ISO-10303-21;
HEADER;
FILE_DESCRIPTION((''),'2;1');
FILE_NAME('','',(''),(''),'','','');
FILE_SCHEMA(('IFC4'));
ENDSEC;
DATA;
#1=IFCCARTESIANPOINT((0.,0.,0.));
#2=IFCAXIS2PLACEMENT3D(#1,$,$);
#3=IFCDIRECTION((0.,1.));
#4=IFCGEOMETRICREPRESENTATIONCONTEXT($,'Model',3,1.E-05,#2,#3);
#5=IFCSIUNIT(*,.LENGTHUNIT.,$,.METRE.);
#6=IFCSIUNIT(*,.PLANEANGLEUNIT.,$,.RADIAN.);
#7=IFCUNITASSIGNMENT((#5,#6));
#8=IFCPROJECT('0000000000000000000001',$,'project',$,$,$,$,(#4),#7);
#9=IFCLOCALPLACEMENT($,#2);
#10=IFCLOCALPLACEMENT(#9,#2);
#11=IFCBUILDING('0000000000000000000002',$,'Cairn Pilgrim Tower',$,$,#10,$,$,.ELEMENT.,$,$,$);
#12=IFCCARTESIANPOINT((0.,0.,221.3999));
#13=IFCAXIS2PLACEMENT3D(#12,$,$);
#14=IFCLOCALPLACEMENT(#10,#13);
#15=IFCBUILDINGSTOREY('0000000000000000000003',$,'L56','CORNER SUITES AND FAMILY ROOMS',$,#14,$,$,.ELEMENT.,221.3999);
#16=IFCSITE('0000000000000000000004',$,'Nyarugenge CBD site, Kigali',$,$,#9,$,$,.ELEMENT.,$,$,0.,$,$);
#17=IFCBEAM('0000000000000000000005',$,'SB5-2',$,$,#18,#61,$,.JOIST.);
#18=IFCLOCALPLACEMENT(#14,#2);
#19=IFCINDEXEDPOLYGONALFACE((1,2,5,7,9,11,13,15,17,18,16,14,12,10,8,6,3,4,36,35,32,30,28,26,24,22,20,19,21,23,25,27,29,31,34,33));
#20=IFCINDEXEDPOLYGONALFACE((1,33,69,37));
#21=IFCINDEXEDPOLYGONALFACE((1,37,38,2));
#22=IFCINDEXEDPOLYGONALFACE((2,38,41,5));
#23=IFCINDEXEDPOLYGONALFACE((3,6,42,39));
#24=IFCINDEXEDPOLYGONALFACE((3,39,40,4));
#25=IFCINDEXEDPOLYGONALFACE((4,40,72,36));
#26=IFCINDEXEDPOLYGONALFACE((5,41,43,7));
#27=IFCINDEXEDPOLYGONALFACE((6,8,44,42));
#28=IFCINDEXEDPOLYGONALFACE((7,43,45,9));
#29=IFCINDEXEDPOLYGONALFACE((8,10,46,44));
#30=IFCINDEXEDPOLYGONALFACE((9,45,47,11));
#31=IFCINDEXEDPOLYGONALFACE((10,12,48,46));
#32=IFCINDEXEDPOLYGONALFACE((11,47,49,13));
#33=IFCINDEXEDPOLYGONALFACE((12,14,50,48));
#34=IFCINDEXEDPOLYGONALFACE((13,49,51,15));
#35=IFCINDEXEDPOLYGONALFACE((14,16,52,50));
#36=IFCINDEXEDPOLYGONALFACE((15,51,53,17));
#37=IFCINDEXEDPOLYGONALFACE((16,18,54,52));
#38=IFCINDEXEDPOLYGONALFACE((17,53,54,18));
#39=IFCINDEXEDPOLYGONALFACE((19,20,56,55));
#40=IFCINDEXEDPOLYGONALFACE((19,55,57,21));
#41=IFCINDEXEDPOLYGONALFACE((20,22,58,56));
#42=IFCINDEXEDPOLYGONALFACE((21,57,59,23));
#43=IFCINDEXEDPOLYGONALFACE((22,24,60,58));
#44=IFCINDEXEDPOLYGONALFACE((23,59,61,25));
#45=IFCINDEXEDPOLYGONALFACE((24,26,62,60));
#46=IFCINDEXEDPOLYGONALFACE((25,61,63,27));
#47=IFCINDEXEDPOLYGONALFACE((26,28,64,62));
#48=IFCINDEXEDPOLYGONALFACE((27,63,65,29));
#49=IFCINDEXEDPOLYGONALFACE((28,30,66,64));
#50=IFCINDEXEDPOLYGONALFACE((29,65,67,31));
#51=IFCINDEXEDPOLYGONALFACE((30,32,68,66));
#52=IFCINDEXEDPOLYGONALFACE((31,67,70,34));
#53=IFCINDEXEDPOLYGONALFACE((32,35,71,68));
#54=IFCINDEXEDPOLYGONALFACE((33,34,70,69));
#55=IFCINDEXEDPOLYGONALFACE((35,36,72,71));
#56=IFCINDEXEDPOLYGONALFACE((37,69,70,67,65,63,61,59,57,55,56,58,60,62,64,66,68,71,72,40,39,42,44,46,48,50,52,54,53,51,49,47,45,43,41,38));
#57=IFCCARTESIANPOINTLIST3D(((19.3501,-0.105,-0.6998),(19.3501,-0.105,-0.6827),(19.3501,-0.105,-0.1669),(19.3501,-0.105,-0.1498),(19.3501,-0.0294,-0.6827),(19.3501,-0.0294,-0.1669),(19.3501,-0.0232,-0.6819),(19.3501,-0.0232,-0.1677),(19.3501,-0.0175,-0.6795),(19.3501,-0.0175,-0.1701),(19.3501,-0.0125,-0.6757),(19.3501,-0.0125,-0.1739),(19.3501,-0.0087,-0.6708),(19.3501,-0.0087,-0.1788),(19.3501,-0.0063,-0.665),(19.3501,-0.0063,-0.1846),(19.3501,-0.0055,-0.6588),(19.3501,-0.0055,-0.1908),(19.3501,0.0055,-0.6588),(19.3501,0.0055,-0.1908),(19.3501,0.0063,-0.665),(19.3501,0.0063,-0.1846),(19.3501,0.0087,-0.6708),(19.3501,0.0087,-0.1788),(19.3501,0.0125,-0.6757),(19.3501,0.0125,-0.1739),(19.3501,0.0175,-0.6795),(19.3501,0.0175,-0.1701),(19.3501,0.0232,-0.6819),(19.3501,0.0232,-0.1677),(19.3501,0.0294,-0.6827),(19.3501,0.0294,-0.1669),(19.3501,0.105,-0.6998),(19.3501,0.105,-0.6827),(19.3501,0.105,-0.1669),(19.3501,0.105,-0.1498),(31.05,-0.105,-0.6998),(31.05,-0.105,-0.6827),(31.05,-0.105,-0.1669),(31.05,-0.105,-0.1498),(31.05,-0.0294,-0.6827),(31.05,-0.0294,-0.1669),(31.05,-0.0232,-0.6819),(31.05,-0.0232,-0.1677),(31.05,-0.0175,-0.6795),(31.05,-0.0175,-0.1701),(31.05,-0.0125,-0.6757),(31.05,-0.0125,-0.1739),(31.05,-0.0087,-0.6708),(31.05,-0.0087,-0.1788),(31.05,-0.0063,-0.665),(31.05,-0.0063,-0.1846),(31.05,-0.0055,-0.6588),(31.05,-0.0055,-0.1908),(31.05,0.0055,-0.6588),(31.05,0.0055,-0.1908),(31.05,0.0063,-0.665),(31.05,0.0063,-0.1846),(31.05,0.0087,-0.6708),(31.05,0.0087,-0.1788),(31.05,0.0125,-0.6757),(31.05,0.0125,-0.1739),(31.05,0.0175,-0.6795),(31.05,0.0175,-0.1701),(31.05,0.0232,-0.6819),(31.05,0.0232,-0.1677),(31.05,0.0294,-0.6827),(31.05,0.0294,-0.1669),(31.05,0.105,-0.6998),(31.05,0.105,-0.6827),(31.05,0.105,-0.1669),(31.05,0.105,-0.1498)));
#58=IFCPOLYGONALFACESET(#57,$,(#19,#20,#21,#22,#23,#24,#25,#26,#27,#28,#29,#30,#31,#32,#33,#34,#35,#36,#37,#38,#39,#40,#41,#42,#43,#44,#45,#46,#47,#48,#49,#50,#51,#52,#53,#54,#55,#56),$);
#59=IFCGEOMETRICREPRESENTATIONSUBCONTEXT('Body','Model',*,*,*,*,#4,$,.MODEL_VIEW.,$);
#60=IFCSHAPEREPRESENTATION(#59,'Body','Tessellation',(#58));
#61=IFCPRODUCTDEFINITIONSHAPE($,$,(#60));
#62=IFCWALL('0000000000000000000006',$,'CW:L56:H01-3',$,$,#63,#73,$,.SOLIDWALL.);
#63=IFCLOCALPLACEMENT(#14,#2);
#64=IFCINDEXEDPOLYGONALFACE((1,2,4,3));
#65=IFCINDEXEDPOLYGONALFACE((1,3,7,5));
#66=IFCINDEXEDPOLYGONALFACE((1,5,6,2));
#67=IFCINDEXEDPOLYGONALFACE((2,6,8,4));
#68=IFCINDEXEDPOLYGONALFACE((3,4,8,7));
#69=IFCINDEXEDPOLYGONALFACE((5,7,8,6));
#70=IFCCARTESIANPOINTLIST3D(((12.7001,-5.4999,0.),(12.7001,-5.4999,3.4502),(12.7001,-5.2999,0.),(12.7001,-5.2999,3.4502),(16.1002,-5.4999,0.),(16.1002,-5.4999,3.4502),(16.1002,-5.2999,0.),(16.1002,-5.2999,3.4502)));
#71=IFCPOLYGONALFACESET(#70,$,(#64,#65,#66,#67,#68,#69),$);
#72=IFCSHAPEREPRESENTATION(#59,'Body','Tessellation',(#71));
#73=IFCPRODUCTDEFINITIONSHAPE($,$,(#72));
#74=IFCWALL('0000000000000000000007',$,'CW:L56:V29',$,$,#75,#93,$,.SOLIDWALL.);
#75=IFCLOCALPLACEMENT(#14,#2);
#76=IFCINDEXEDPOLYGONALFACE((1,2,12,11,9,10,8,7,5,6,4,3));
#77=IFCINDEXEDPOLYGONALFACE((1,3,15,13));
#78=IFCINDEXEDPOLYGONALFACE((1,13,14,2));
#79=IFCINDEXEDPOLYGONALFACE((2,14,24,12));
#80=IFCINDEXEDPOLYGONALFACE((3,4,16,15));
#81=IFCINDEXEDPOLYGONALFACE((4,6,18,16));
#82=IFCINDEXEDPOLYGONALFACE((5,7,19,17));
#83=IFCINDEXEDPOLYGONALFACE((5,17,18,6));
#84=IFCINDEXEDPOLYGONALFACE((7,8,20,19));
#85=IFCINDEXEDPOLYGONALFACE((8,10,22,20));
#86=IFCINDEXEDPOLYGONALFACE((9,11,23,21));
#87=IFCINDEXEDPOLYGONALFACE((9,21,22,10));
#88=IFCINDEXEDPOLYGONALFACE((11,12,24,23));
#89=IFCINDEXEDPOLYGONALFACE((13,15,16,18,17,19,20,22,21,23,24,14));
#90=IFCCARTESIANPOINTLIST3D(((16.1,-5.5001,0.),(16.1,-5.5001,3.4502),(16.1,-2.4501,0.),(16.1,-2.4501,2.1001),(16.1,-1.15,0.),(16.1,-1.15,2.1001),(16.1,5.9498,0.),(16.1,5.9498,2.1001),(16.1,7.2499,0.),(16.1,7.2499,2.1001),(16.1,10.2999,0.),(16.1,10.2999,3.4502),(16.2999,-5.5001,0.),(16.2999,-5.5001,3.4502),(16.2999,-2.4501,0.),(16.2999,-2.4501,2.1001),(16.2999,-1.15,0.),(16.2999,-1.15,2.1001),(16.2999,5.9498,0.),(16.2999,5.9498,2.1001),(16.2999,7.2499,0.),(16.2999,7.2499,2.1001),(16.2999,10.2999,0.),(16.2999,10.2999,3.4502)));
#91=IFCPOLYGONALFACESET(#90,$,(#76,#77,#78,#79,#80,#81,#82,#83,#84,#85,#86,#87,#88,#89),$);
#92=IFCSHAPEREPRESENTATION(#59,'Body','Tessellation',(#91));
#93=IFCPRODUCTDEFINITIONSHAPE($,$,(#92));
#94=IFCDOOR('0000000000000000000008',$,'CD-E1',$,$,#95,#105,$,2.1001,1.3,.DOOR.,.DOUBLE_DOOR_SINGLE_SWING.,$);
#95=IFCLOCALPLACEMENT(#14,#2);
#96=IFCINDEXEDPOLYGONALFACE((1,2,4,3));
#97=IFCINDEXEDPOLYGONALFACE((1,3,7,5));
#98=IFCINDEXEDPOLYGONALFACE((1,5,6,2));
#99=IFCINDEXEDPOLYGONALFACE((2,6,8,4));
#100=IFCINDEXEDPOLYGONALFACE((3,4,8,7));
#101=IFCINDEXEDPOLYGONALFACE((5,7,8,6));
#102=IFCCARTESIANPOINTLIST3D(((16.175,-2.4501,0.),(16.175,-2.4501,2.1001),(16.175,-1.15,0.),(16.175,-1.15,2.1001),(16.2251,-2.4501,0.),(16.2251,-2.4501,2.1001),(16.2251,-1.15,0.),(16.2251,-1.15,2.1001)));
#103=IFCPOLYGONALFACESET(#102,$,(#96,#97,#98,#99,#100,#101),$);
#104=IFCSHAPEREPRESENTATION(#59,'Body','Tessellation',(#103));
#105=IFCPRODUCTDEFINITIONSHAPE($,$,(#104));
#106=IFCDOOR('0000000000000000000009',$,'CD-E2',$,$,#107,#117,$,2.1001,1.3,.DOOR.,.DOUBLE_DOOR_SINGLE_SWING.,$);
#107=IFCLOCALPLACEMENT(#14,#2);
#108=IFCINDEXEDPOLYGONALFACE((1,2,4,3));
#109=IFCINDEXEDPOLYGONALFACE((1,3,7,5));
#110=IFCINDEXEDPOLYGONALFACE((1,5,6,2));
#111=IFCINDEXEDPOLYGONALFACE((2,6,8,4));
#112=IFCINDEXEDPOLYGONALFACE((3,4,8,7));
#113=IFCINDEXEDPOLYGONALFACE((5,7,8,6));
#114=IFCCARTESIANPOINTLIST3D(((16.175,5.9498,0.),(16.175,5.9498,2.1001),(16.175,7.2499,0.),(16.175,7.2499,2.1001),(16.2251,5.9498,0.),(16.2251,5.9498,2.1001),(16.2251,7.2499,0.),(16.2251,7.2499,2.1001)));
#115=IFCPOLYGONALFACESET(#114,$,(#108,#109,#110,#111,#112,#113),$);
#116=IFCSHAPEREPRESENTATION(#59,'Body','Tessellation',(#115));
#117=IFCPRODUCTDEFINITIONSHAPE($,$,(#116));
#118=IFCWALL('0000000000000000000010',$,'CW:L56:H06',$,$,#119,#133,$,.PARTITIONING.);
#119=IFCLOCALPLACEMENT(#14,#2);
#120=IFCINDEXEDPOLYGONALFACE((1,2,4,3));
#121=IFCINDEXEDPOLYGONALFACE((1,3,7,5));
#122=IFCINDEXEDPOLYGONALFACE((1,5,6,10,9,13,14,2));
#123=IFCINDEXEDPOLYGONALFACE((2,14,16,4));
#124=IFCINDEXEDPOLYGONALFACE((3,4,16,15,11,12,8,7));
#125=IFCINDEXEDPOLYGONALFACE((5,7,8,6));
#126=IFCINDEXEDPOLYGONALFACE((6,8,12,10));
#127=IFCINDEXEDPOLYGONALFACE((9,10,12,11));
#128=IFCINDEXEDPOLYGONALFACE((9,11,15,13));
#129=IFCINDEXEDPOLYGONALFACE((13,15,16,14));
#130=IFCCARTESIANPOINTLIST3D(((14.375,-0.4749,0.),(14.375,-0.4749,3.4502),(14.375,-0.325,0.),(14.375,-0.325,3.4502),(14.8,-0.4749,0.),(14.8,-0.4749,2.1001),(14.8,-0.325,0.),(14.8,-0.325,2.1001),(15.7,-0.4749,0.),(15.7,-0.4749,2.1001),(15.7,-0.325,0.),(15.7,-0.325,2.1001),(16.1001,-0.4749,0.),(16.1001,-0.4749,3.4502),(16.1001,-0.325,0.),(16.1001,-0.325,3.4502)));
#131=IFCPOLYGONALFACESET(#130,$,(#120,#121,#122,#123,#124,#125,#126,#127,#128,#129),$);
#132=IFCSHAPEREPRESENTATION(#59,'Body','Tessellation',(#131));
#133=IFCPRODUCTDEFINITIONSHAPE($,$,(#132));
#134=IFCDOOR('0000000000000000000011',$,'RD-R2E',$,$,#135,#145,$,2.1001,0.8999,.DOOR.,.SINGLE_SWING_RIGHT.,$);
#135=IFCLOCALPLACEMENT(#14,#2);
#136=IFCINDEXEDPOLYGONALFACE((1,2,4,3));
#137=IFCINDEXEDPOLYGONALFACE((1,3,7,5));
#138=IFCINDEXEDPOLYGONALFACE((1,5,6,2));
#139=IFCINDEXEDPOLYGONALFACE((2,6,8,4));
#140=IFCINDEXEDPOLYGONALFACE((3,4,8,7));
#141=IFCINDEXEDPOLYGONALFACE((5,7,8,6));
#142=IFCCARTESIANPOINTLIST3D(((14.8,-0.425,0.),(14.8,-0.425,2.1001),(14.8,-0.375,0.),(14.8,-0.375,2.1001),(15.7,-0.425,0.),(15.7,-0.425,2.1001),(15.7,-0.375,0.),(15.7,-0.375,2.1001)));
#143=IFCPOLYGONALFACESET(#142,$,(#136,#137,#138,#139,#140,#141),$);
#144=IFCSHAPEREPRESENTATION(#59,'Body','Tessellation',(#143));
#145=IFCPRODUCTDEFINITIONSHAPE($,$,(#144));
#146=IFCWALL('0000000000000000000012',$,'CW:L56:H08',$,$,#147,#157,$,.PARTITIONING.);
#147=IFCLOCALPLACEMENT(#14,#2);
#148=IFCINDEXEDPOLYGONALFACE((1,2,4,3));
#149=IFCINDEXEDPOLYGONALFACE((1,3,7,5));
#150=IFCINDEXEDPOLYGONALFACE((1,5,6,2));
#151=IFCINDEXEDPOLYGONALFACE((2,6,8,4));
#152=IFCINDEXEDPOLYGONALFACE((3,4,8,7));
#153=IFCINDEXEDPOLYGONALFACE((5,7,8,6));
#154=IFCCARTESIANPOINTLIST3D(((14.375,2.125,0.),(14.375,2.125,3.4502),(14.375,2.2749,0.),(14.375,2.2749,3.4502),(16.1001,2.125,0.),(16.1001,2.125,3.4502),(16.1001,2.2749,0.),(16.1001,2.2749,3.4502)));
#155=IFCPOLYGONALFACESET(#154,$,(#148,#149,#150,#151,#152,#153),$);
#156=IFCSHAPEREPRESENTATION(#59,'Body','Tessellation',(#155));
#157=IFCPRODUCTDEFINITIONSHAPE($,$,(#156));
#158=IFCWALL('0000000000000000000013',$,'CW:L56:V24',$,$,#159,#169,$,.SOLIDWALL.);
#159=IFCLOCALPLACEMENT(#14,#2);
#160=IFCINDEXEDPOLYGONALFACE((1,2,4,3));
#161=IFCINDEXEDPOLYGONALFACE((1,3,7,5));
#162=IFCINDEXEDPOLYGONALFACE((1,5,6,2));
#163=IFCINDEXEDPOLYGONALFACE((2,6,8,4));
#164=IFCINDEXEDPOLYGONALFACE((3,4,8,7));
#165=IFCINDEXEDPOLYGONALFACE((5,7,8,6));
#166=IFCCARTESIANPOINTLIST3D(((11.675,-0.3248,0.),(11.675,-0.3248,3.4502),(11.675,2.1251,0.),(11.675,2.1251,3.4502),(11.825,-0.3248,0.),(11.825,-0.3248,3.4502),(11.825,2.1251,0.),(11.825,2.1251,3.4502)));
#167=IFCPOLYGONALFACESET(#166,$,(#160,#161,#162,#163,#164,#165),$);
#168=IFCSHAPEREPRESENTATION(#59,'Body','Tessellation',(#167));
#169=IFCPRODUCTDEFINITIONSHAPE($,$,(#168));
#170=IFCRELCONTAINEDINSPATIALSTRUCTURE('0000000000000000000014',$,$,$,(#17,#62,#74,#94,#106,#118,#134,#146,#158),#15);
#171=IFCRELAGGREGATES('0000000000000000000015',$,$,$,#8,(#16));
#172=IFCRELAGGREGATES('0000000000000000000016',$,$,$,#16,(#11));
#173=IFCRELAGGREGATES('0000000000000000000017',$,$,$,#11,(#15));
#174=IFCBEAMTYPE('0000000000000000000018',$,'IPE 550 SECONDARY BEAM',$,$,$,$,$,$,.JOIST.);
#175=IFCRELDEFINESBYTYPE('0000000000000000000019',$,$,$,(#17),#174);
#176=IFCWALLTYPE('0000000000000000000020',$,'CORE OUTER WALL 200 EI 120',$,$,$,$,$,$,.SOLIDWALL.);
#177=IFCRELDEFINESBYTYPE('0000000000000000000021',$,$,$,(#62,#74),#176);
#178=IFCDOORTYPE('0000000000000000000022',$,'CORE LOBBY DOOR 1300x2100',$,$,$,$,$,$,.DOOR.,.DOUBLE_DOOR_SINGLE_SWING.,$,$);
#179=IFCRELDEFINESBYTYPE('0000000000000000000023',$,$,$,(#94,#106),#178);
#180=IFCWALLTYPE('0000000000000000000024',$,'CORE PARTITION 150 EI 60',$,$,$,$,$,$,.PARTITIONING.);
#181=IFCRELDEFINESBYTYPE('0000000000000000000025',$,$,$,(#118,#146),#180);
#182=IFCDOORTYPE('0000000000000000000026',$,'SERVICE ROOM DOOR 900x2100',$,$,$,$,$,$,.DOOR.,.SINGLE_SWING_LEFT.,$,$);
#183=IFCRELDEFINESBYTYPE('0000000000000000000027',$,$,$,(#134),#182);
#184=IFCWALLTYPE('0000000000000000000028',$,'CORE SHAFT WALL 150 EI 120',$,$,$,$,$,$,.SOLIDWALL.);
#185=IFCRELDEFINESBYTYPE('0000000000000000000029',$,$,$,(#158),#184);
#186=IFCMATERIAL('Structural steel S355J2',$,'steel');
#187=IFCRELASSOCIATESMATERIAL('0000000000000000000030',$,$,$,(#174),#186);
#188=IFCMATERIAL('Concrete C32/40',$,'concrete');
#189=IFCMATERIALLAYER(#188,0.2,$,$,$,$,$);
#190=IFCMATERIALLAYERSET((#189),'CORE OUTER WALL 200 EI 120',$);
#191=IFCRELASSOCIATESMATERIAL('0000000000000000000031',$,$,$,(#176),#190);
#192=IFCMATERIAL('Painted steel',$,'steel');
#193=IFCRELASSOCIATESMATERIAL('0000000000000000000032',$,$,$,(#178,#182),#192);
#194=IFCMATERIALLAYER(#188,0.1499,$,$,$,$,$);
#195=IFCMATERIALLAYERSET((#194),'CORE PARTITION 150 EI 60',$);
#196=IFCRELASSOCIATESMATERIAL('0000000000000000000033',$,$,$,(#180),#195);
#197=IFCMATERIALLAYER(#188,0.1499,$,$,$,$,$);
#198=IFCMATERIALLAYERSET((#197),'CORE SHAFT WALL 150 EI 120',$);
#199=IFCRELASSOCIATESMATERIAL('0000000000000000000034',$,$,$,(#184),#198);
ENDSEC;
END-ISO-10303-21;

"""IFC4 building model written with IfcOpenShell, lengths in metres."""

from ifc_helpers import new_model, si_unit, direction, frame, frame_2d, origin, origin_2d, place, context, subcontext, project, spatial, rectangle, i_section, extrude, material, layer, layer_set, material_profile, profile_set, type_object, element, fill, save


model = new_model("IFC4")

# Units and contexts
model_context = context("Model", 3, precision=1e-05, world=origin(), true_north=direction((0.0, 1.0)))
body_context = subcontext(model_context, "Body", "Model", "MODEL_VIEW")
ifc_project = project(units=[si_unit("LENGTHUNIT", "METRE"), si_unit("PLANEANGLEUNIT", "RADIAN")], contexts=[model_context])

# Site, building, storey
site_placement = place(None, origin())
site = spatial("IfcSite", under=ifc_project, at=site_placement, Name="Nyarugenge CBD site, Kigali", CompositionType="ELEMENT", RefElevation=0.0)
building_placement = place(site_placement, origin())
building = spatial("IfcBuilding", under=site, at=building_placement, Name="Cairn Pilgrim Tower", CompositionType="ELEMENT")
storey_placement = place(building_placement, frame((0.0, 0.0, 221.3999)))
storey = spatial("IfcBuildingStorey", under=building, at=storey_placement, Name="L56", Description="CORNER SUITES AND FAMILY ROOMS", CompositionType="ELEMENT", Elevation=221.3999)

# Shared definitions
ifc_material_1 = material(Name="Structural steel S355J2", Category="steel")

# Beam
ifc_material_profile_1 = material_profile(ifc_material_1, i_section(OverallWidth=0.21, OverallDepth=0.55, WebThickness=0.011, FlangeThickness=0.0171, FilletRadius=0.0239, at=origin_2d()), Name="IPE 550")
ifc_profile_set_1 = profile_set([ifc_material_profile_1], Name="Structural steel S355J2")
beam_type_1 = type_object("IfcBeamType", Name="IPE 550 SECONDARY BEAM", PredefinedType="JOIST", material=ifc_profile_set_1)
for number, where, z_axis, x_axis, name in (
    (1, (19.3501, 0.0, -0.4248), (1.0, 0.0, 0.0), (0.0, 1.0, 0.0), "SB5-2"),
):
    element("IfcBeam", number, at=place(storey_placement, frame(where, z_axis=z_axis, x_axis=x_axis)), inside=storey, type_object=beam_type_1, Name=name, PredefinedType="JOIST", context=body_context, shape_type="SweptSolid", body=[
        extrude(i_section(OverallWidth=0.21, OverallDepth=0.55, WebThickness=0.011, FlangeThickness=0.0171, FilletRadius=0.0239, at=origin_2d()), origin(), (0.0, 0.0, 1.0), 11.7),
    ])

# Wall
ifc_material_2 = material(Name="Concrete C32/40", Category="concrete")
ifc_layer_1 = layer(ifc_material_2, 0.2)
ifc_layer_set_1 = layer_set([ifc_layer_1], Name="CORE OUTER WALL 200 EI 120")
wall_type_1 = type_object("IfcWallType", Name="CORE OUTER WALL 200 EI 120", PredefinedType="SOLIDWALL", material=ifc_layer_set_1)
wall_1_placement = place(storey_placement, frame((12.7, -5.3999, 0.0), z_axis=(0.0, 0.0, 1.0), x_axis=(1.0, 0.0, 0.0)))
element("IfcWall", 2, at=wall_1_placement, inside=storey, type_object=wall_type_1, Name="CW:L56:H01-3", PredefinedType="SOLIDWALL", context=body_context, shape_type="SweptSolid", body=[
    extrude(rectangle(XDim=3.4001, YDim=0.2, at=frame_2d((1.7002, 0.0))), origin(), (0.0, 0.0, 1.0), 3.4502),
])

# Wall, openings, doors
wall_2_placement = place(storey_placement, frame((16.2, -5.5, 0.0), z_axis=(0.0, 0.0, 1.0), x_axis=(0.0, 1.0, 0.0)))
wall_2 = element("IfcWall", 3, at=wall_2_placement, inside=storey, type_object=wall_type_1, Name="CW:L56:V29", PredefinedType="SOLIDWALL", context=body_context, shape_type="SweptSolid", body=[
    extrude(rectangle(XDim=15.8, YDim=0.2, at=frame_2d((7.8999, 0.0))), origin(), (0.0, 0.0, 1.0), 3.4502),
])
opening_1_placement = place(wall_2_placement, frame((3.05, 0.0, 0.0)))
opening_1 = element("IfcOpeningElement", 4, at=opening_1_placement, cuts=wall_2, PredefinedType="OPENING", context=body_context, shape_type="SweptSolid", body=[
    extrude(rectangle(XDim=1.3, YDim=2.1001, at=frame_2d((0.6499, 1.05))), frame((0.0, 0.1099, 0.0), z_axis=(0.0, -1.0, 0.0), x_axis=(1.0, 0.0, 0.0)), (0.0, 0.0, 1.0), 0.22),
])
opening_2_placement = place(wall_2_placement, frame((11.45, 0.0, 0.0)))
opening_2 = element("IfcOpeningElement", 5, at=opening_2_placement, cuts=wall_2, PredefinedType="OPENING", context=body_context, shape_type="SweptSolid", body=[
    extrude(rectangle(XDim=1.3, YDim=2.1001, at=frame_2d((0.6499, 1.05))), frame((0.0, 0.1099, 0.0), z_axis=(0.0, -1.0, 0.0), x_axis=(1.0, 0.0, 0.0)), (0.0, 0.0, 1.0), 0.22),
])
ifc_material_3 = material(Name="Painted steel", Category="steel")
door_type_1 = type_object("IfcDoorType", Name="CORE LOBBY DOOR 1300x2100", OperationType="DOUBLE_DOOR_SINGLE_SWING", PredefinedType="DOOR", material=ifc_material_3)
door_1_placement = place(opening_1_placement, origin())
door_1 = element("IfcDoor", 6, at=door_1_placement, inside=storey, type_object=door_type_1, Name="CD-E1", OperationType="DOUBLE_DOOR_SINGLE_SWING", OverallHeight=2.1001, OverallWidth=1.3, PredefinedType="DOOR", context=body_context, shape_type="SweptSolid", body=[
    extrude(rectangle(XDim=1.3, YDim=2.1001, at=frame_2d((0.6499, 1.05))), frame((0.0, 0.0249, 0.0), z_axis=(0.0, -1.0, 0.0), x_axis=(1.0, 0.0, 0.0)), (0.0, 0.0, 1.0), 0.05),
])
fill(opening_1, door_1)
door_2_placement = place(opening_2_placement, origin())
door_2 = element("IfcDoor", 7, at=door_2_placement, inside=storey, type_object=door_type_1, Name="CD-E2", OperationType="DOUBLE_DOOR_SINGLE_SWING", OverallHeight=2.1001, OverallWidth=1.3, PredefinedType="DOOR", context=body_context, shape_type="SweptSolid", body=[
    extrude(rectangle(XDim=1.3, YDim=2.1001, at=frame_2d((0.6499, 1.05))), frame((0.0, 0.0249, 0.0), z_axis=(0.0, -1.0, 0.0), x_axis=(1.0, 0.0, 0.0)), (0.0, 0.0, 1.0), 0.05),
])
fill(opening_2, door_2)

# Wall, opening, door
ifc_layer_2 = layer(ifc_material_2, 0.1499)
ifc_layer_set_2 = layer_set([ifc_layer_2], Name="CORE PARTITION 150 EI 60")
wall_type_2 = type_object("IfcWallType", Name="CORE PARTITION 150 EI 60", PredefinedType="PARTITIONING", material=ifc_layer_set_2)
wall_3_placement = place(storey_placement, frame((14.375, -0.3999, 0.0), z_axis=(0.0, 0.0, 1.0), x_axis=(1.0, 0.0, 0.0)))
wall_3 = element("IfcWall", 8, at=wall_3_placement, inside=storey, type_object=wall_type_2, Name="CW:L56:H06", PredefinedType="PARTITIONING", context=body_context, shape_type="SweptSolid", body=[
    extrude(rectangle(XDim=1.7251, YDim=0.1499, at=frame_2d((0.8625, 0.0))), origin(), (0.0, 0.0, 1.0), 3.4502),
])
opening_3_placement = place(wall_3_placement, frame((0.425, 0.0, 0.0)))
opening_3 = element("IfcOpeningElement", 9, at=opening_3_placement, cuts=wall_3, PredefinedType="OPENING", context=body_context, shape_type="SweptSolid", body=[
    extrude(rectangle(XDim=0.8999, YDim=2.1001, at=frame_2d((0.45, 1.05))), frame((0.0, 0.085, 0.0), z_axis=(0.0, -1.0, 0.0), x_axis=(1.0, 0.0, 0.0)), (0.0, 0.0, 1.0), 0.1699),
])
door_type_2 = type_object("IfcDoorType", Name="SERVICE ROOM DOOR 900x2100", OperationType="SINGLE_SWING_LEFT", PredefinedType="DOOR", material=ifc_material_3)
door_3_placement = place(opening_3_placement, origin())
door_3 = element("IfcDoor", 10, at=door_3_placement, inside=storey, type_object=door_type_2, Name="RD-R2E", OperationType="SINGLE_SWING_RIGHT", OverallHeight=2.1001, OverallWidth=0.8999, PredefinedType="DOOR", context=body_context, shape_type="SweptSolid", body=[
    extrude(rectangle(XDim=0.8999, YDim=2.1001, at=frame_2d((0.45, 1.05))), frame((0.0, 0.0249, 0.0), z_axis=(0.0, -1.0, 0.0), x_axis=(1.0, 0.0, 0.0)), (0.0, 0.0, 1.0), 0.05),
])
fill(opening_3, door_3)

# Walls
wall_4_placement = place(storey_placement, frame((14.375, 2.2, 0.0), z_axis=(0.0, 0.0, 1.0), x_axis=(1.0, 0.0, 0.0)))
element("IfcWall", 11, at=wall_4_placement, inside=storey, type_object=wall_type_2, Name="CW:L56:H08", PredefinedType="PARTITIONING", context=body_context, shape_type="SweptSolid", body=[
    extrude(rectangle(XDim=1.7251, YDim=0.1499, at=frame_2d((0.8625, 0.0))), origin(), (0.0, 0.0, 1.0), 3.4502),
])
ifc_layer_3 = layer(ifc_material_2, 0.1499)
ifc_layer_set_3 = layer_set([ifc_layer_3], Name="CORE SHAFT WALL 150 EI 120")
wall_type_3 = type_object("IfcWallType", Name="CORE SHAFT WALL 150 EI 120", PredefinedType="SOLIDWALL", material=ifc_layer_set_3)
wall_5_placement = place(storey_placement, frame((11.75, -0.325, 0.0), z_axis=(0.0, 0.0, 1.0), x_axis=(0.0, 1.0, 0.0)))
element("IfcWall", 12, at=wall_5_placement, inside=storey, type_object=wall_type_3, Name="CW:L56:V24", PredefinedType="SOLIDWALL", context=body_context, shape_type="SweptSolid", body=[
    extrude(rectangle(XDim=2.45, YDim=0.1499, at=frame_2d((1.2251, 0.0))), origin(), (0.0, 0.0, 1.0), 3.4502),
])

save(model, "model.ifc")
